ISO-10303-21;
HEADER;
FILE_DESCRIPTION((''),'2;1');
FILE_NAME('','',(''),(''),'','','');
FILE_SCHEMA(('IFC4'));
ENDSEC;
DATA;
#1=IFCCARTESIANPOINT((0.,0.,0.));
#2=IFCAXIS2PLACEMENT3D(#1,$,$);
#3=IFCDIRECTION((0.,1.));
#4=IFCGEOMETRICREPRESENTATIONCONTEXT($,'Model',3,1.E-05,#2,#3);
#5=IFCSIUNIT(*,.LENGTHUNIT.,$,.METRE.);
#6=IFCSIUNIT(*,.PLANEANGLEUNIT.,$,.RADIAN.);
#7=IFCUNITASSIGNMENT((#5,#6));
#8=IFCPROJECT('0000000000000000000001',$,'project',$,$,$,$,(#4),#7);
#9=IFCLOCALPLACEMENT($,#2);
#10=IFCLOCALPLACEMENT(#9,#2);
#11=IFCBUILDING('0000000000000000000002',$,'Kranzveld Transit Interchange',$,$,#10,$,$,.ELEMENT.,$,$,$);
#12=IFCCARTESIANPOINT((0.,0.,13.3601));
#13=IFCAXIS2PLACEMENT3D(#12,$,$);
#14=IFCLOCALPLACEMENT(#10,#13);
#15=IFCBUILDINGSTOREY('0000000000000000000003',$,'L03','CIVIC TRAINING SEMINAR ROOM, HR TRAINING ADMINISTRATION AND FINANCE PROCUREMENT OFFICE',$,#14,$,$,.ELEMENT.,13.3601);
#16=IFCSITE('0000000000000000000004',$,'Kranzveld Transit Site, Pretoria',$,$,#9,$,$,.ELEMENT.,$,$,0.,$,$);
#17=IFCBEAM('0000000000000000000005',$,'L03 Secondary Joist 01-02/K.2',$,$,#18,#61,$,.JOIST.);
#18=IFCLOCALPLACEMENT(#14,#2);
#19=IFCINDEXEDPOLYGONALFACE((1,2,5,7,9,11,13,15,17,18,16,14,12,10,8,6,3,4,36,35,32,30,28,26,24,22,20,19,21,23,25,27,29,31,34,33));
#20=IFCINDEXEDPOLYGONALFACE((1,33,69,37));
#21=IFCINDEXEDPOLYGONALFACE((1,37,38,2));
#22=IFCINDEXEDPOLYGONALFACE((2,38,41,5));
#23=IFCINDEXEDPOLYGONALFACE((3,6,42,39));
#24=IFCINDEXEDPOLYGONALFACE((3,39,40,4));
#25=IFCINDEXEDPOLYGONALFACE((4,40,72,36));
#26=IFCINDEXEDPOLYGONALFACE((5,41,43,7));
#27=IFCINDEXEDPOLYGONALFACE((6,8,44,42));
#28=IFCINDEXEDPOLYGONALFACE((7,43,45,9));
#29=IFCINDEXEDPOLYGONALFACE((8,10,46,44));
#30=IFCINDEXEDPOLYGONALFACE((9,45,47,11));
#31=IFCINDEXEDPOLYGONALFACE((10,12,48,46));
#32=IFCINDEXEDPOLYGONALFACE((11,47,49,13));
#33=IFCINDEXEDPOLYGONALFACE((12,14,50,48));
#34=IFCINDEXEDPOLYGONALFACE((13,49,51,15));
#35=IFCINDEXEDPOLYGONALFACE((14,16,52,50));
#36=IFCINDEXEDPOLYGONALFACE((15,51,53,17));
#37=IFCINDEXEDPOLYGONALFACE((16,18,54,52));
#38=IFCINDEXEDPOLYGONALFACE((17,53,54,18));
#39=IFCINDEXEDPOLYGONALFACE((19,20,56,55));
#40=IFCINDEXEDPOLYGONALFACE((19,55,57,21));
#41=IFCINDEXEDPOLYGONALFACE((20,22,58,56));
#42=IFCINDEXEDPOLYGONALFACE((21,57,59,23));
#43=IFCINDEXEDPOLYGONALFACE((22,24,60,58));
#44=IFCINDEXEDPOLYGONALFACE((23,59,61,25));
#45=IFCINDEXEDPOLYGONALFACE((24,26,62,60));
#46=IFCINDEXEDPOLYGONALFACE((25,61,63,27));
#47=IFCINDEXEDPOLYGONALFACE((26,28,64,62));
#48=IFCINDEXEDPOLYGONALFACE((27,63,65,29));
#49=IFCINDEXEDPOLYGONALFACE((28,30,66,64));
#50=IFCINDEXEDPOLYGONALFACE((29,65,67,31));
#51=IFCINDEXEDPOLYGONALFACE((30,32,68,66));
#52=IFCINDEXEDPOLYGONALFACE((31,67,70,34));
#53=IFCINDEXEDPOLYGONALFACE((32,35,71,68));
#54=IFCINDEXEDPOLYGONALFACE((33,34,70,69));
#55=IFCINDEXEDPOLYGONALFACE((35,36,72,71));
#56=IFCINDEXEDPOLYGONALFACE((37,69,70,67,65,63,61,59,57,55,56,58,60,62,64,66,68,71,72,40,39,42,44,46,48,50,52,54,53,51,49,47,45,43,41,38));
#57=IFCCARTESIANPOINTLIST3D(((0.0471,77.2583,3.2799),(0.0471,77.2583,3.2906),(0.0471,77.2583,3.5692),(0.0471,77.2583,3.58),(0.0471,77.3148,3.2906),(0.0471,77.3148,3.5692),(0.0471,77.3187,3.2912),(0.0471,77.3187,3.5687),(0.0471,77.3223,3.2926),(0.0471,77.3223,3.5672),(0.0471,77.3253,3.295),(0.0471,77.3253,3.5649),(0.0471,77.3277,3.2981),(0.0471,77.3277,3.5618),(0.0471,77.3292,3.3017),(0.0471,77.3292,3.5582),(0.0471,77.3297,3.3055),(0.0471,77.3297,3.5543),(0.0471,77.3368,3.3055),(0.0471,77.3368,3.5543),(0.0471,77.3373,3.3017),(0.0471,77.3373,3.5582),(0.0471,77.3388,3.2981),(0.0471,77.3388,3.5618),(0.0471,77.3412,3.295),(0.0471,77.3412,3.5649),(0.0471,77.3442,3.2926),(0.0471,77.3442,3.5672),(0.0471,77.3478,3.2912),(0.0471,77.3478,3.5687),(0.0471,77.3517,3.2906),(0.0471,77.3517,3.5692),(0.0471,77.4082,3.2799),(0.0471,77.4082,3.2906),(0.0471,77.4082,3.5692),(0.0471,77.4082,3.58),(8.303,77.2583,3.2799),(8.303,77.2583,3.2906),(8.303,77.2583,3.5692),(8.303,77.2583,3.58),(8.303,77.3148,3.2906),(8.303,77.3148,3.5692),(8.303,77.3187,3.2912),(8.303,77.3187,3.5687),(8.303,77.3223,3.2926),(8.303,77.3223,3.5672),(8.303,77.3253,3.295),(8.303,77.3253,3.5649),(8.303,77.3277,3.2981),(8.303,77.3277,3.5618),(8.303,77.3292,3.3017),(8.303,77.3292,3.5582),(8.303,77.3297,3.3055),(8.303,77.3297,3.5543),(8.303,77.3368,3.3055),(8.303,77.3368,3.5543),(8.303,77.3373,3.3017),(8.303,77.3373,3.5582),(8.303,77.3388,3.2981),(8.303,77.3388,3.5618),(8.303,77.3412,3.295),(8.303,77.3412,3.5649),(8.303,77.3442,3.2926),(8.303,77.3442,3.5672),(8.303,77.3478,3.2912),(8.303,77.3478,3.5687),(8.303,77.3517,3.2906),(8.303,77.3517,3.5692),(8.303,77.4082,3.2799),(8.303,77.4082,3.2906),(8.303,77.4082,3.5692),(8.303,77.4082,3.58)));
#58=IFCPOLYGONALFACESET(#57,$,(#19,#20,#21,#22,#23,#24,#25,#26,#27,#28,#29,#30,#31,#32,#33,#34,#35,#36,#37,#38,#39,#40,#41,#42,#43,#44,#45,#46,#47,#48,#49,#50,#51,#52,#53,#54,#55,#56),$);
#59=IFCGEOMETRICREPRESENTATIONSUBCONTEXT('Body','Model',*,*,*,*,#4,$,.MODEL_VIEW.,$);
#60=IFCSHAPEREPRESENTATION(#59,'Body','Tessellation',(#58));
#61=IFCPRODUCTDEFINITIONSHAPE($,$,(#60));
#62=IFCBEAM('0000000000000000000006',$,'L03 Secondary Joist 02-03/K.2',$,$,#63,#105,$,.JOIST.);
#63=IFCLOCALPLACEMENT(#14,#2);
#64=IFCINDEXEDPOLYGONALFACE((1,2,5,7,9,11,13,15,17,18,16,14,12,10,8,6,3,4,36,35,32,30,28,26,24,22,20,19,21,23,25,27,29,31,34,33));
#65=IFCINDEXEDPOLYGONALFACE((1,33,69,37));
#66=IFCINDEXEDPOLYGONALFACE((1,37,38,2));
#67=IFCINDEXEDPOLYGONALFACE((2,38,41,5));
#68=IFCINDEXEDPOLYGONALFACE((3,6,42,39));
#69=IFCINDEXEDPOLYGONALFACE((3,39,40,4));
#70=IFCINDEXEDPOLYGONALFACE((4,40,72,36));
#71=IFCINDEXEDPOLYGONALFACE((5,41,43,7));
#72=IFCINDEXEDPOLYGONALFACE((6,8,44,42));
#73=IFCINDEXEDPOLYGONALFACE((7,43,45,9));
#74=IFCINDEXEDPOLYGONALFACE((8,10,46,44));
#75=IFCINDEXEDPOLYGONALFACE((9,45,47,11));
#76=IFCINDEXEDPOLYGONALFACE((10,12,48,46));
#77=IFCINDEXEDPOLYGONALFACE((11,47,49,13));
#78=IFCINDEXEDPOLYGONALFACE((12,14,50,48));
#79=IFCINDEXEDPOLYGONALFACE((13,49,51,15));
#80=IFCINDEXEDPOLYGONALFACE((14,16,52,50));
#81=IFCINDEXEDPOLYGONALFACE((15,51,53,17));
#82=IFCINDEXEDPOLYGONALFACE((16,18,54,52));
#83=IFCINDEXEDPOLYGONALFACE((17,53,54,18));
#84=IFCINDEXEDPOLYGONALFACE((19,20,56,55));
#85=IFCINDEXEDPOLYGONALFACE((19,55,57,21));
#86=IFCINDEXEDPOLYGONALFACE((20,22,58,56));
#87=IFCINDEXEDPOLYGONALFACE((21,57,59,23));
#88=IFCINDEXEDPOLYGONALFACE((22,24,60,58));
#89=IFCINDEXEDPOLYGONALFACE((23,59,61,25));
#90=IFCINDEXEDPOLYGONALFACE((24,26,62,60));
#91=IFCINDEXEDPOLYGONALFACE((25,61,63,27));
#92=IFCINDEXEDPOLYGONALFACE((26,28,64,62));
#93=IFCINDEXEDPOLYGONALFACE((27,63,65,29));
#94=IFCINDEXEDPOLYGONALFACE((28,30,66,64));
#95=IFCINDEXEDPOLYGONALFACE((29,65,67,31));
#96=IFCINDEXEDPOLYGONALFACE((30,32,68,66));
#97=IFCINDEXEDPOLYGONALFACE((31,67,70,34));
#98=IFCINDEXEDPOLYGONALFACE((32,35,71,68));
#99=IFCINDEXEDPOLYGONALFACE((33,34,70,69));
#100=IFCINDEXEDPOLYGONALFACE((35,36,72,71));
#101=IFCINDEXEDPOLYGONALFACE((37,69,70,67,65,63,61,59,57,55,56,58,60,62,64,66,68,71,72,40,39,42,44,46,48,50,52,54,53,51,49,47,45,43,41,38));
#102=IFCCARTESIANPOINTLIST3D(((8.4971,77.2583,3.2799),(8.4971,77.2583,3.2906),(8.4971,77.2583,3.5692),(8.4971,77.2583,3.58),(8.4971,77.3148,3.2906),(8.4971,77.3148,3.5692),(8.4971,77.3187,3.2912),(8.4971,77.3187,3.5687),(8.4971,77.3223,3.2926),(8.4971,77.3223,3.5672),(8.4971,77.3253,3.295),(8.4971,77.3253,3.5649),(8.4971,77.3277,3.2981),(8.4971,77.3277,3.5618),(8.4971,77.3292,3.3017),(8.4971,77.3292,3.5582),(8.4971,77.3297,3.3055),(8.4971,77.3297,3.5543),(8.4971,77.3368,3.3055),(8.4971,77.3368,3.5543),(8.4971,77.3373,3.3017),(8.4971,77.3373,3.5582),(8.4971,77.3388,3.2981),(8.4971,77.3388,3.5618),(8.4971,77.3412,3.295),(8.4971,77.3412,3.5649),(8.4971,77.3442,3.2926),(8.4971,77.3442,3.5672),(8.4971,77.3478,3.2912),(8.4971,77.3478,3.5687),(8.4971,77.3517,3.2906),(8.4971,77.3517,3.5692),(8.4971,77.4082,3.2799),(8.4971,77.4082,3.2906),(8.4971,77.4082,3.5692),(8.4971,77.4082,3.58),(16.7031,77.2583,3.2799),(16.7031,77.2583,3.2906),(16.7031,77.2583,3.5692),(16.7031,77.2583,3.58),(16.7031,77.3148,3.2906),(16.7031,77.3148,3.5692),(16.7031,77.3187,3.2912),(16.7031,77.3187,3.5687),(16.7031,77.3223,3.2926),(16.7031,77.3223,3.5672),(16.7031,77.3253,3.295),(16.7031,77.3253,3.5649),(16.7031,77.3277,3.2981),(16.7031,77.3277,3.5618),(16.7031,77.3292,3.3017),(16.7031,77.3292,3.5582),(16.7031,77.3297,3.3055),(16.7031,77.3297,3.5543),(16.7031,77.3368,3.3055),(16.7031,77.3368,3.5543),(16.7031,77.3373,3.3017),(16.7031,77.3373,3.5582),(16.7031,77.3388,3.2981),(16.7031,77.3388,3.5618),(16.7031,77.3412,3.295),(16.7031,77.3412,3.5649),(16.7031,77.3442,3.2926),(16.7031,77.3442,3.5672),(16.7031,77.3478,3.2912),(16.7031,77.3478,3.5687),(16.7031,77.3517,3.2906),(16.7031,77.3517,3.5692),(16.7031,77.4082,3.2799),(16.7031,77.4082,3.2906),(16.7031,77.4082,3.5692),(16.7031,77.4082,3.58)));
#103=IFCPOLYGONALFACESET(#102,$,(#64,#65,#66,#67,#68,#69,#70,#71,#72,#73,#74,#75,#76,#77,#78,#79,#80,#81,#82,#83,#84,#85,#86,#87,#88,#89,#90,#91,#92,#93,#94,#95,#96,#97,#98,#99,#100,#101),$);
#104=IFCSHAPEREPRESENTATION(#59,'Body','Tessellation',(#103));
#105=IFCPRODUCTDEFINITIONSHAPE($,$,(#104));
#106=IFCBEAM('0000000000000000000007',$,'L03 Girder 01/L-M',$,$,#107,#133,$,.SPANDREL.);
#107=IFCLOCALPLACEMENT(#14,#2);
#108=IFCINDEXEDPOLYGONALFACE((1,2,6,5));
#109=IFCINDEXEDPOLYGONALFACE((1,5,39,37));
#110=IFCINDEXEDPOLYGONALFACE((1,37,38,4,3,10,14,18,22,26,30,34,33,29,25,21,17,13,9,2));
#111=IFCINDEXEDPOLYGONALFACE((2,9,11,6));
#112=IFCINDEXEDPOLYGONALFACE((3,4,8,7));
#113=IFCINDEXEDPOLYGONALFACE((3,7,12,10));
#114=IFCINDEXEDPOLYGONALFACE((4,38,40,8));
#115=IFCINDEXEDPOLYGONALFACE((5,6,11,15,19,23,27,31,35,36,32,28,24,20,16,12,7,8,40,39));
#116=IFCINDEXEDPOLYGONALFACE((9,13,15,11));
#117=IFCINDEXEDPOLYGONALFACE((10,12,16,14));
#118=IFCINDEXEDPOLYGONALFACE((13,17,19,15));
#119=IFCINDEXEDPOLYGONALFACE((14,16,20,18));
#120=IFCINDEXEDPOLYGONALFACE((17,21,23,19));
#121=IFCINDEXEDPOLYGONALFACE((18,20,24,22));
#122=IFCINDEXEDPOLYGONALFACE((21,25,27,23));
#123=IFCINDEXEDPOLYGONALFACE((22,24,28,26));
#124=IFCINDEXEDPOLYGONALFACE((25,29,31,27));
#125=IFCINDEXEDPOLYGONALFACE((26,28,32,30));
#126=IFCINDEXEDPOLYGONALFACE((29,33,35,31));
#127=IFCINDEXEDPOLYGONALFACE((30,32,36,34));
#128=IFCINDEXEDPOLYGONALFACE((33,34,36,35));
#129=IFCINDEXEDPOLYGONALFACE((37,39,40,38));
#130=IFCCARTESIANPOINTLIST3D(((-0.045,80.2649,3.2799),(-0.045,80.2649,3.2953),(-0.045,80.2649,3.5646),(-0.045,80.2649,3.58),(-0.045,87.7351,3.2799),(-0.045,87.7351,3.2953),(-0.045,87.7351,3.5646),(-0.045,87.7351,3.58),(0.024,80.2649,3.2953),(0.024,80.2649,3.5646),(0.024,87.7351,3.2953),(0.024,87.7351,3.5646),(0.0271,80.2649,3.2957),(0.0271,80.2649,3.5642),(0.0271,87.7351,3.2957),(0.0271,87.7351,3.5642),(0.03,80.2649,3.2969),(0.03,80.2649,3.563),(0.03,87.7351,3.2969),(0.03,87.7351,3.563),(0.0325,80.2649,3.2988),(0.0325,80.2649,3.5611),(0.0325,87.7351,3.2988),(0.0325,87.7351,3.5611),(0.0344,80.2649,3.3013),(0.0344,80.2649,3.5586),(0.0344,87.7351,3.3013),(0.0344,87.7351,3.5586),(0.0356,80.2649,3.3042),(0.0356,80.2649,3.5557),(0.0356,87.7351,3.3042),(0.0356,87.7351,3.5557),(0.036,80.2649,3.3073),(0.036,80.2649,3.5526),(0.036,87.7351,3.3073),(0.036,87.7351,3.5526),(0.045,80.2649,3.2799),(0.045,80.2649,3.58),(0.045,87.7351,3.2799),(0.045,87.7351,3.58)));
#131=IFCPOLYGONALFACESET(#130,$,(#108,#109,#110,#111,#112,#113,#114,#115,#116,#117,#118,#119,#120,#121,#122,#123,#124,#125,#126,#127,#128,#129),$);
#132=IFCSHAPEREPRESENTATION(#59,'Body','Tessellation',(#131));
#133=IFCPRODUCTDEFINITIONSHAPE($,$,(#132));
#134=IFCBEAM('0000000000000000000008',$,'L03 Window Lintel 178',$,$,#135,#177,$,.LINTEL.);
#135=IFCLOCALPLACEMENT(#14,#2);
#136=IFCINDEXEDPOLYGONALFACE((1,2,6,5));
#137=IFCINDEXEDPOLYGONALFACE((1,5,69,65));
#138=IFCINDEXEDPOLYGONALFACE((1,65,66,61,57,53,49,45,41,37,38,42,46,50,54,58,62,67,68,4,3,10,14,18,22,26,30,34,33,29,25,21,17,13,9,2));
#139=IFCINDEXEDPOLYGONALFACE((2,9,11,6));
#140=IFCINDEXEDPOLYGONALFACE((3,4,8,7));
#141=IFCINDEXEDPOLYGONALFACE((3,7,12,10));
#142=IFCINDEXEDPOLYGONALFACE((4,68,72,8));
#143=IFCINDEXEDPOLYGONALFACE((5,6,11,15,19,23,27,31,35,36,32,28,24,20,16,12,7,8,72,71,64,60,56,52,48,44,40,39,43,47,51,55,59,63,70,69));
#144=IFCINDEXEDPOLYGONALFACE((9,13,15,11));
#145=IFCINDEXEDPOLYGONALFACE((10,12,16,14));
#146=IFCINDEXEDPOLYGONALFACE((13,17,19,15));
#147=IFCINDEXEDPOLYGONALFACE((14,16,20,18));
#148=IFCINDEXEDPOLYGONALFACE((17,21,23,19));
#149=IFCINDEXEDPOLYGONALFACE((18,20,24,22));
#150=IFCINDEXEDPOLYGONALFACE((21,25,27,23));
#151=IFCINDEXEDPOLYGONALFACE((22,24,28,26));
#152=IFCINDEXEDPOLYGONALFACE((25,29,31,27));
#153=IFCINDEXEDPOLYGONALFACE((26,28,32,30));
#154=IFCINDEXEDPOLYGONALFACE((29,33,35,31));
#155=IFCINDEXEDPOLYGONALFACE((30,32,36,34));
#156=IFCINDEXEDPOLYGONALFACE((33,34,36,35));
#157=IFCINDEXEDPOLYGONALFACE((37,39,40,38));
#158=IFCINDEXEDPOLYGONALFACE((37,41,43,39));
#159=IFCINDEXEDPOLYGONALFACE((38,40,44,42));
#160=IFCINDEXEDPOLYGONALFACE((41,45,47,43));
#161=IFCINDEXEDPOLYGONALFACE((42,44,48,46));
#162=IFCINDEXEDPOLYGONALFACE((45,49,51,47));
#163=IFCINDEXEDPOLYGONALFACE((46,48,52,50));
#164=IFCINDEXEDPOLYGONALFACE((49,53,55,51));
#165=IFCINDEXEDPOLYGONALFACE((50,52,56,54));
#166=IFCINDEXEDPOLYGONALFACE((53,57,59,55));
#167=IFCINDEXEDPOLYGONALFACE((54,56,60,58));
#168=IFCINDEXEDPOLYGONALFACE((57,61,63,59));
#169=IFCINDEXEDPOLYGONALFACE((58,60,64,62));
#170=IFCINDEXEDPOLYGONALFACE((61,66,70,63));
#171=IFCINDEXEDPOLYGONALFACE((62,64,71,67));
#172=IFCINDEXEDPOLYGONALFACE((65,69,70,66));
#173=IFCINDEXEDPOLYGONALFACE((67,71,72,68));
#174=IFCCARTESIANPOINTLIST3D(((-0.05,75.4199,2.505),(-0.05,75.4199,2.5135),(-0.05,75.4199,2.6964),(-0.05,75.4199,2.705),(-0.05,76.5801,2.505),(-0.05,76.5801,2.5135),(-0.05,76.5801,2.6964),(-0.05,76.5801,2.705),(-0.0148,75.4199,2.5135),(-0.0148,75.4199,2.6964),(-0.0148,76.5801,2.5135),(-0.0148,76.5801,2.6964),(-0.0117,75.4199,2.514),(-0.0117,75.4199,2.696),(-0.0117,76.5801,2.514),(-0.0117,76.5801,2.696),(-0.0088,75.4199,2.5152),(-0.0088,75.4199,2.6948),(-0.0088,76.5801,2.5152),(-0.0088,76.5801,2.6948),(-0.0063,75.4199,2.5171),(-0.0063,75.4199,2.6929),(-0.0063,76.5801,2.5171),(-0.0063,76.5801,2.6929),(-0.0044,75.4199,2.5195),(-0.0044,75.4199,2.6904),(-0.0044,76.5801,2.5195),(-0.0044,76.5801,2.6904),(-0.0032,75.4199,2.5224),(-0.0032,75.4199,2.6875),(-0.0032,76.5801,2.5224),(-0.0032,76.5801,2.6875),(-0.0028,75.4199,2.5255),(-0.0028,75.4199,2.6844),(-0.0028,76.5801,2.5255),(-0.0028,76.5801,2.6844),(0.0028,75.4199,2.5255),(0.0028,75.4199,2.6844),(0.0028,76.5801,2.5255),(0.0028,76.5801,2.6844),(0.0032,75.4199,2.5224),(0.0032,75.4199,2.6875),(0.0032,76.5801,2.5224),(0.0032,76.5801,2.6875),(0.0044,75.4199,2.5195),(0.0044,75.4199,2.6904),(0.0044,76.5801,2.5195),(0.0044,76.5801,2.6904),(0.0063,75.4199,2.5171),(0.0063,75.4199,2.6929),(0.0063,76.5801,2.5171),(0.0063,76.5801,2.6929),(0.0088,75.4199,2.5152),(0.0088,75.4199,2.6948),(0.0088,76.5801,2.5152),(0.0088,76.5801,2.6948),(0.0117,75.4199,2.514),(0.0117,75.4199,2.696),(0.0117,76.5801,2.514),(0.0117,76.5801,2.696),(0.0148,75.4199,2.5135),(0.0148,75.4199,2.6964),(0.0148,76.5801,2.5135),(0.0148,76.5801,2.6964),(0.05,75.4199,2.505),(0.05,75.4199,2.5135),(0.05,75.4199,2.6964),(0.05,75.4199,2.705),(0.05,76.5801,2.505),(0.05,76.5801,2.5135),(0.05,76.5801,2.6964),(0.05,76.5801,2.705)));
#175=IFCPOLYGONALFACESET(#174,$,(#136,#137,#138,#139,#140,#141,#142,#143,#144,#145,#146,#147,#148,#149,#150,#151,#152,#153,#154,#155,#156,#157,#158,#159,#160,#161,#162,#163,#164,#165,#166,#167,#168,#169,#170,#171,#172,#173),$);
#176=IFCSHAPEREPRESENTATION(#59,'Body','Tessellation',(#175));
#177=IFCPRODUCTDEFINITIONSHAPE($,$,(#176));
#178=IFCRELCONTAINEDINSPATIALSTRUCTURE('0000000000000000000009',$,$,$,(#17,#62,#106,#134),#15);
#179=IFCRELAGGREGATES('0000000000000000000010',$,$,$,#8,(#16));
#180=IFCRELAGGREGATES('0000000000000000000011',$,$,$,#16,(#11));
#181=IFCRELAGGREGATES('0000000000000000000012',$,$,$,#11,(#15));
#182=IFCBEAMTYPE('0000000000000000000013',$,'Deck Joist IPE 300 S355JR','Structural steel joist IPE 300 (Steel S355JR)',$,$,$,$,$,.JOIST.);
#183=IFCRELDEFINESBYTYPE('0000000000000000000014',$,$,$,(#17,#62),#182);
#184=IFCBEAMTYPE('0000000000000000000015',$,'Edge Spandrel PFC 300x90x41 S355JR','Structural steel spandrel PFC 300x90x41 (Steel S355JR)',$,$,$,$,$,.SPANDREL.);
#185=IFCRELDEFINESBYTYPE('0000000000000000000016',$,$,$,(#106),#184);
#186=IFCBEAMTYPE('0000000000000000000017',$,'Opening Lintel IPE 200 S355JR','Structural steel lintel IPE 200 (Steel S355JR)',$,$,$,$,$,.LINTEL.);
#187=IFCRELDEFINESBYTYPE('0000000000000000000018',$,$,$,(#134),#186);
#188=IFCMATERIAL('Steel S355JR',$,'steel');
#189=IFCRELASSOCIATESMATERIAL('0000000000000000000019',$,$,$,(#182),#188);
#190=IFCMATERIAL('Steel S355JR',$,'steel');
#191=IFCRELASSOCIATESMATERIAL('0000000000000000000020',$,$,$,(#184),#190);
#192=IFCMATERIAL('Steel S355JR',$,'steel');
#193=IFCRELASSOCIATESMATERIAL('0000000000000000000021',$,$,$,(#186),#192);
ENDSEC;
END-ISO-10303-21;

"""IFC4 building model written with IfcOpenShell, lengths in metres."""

from ifc_helpers import new_model, si_unit, direction, frame, origin, origin_2d, place, context, subcontext, project, spatial, i_section, u_section, extrude, material, material_profile, profile_set, type_object, element, save


model = new_model("IFC4")

# Units and contexts
model_context = context("Model", 3, precision=1e-05, world=origin(), true_north=direction((0.0, 1.0)))
body_context = subcontext(model_context, "Body", "Model", "MODEL_VIEW")
ifc_project = project(units=[si_unit("LENGTHUNIT", "METRE"), si_unit("PLANEANGLEUNIT", "RADIAN")], contexts=[model_context])

# Site, building, storey
site_placement = place(None, origin())
site = spatial("IfcSite", under=ifc_project, at=site_placement, Name="Kranzveld Transit Site, Pretoria", CompositionType="ELEMENT", RefElevation=0.0)
building_placement = place(site_placement, origin())
building = spatial("IfcBuilding", under=site, at=building_placement, Name="Kranzveld Transit Interchange", CompositionType="ELEMENT")
storey_placement = place(building_placement, frame((0.0, 0.0, 13.3601)))
storey = spatial("IfcBuildingStorey", under=building, at=storey_placement, Name="L03", Description="CIVIC TRAINING SEMINAR ROOM, HR TRAINING ADMINISTRATION AND FINANCE PROCUREMENT OFFICE", CompositionType="ELEMENT", Elevation=13.3601)

# Beams
ifc_material_1 = material(Name="Steel S355JR", Category="steel")
ifc_material_profile_1 = material_profile(ifc_material_1, i_section(OverallWidth=0.1499, OverallDepth=0.3, WebThickness=0.0071, FlangeThickness=0.0107, FilletRadius=0.0149, at=origin_2d()), Name="IPE 300")
ifc_profile_set_1 = profile_set([ifc_material_profile_1], Name="Steel S355JR")
beam_type_1 = type_object("IfcBeamType", Name="Deck Joist IPE 300 S355JR", Description="Structural steel joist IPE 300 (Steel S355JR)", PredefinedType="JOIST", material=ifc_profile_set_1)
beam_1_placement = place(storey_placement, frame((0.0471, 77.3333, 3.4299), z_axis=(1.0, 0.0, 0.0), x_axis=(0.0, 1.0, 0.0)))
element("IfcBeam", 1, at=beam_1_placement, inside=storey, type_object=beam_type_1, Name="L03 Secondary Joist 01-02/K.2", PredefinedType="JOIST", context=body_context, shape_type="SweptSolid", body=[
    extrude(i_section(OverallWidth=0.1499, OverallDepth=0.3, WebThickness=0.0071, FlangeThickness=0.0107, FilletRadius=0.0149, at=origin_2d()), origin(), (0.0, 0.0, 1.0), 8.2559),
])
beam_2_placement = place(storey_placement, frame((8.4971, 77.3333, 3.4299), z_axis=(1.0, 0.0, 0.0), x_axis=(0.0, 1.0, 0.0)))
element("IfcBeam", 2, at=beam_2_placement, inside=storey, type_object=beam_type_1, Name="L03 Secondary Joist 02-03/K.2", PredefinedType="JOIST", context=body_context, shape_type="SweptSolid", body=[
    extrude(i_section(OverallWidth=0.1499, OverallDepth=0.3, WebThickness=0.0071, FlangeThickness=0.0107, FilletRadius=0.0149, at=origin_2d()), origin(), (0.0, 0.0, 1.0), 8.2061),
])
ifc_material_2 = material(Name="Steel S355JR", Category="steel")
ifc_material_profile_2 = material_profile(ifc_material_2, u_section(Depth=0.3, FlangeWidth=0.0901, WebThickness=0.009, FlangeThickness=0.0154, FilletRadius=0.012, at=origin_2d()), Name="PFC 300x90x41")
ifc_profile_set_2 = profile_set([ifc_material_profile_2], Name="Steel S355JR")
beam_type_2 = type_object("IfcBeamType", Name="Edge Spandrel PFC 300x90x41 S355JR", Description="Structural steel spandrel PFC 300x90x41 (Steel S355JR)", PredefinedType="SPANDREL", material=ifc_profile_set_2)
beam_3_placement = place(storey_placement, frame((0.0, 80.2649, 3.4299), z_axis=(0.0, 1.0, 0.0), x_axis=(-1.0, 0.0, 0.0)))
element("IfcBeam", 3, at=beam_3_placement, inside=storey, type_object=beam_type_2, Name="L03 Girder 01/L-M", PredefinedType="SPANDREL", context=body_context, shape_type="SweptSolid", body=[
    extrude(u_section(Depth=0.3, FlangeWidth=0.0901, WebThickness=0.009, FlangeThickness=0.0154, FilletRadius=0.012, at=origin_2d()), origin(), (0.0, 0.0, 1.0), 7.4702),
])
ifc_material_3 = material(Name="Steel S355JR", Category="steel")
ifc_material_profile_3 = material_profile(ifc_material_3, i_section(OverallWidth=0.1001, OverallDepth=0.2, WebThickness=0.0056, FlangeThickness=0.0085, FilletRadius=0.012, at=origin_2d()), Name="IPE 200")
ifc_profile_set_3 = profile_set([ifc_material_profile_3], Name="Steel S355JR")
beam_type_3 = type_object("IfcBeamType", Name="Opening Lintel IPE 200 S355JR", Description="Structural steel lintel IPE 200 (Steel S355JR)", PredefinedType="LINTEL", material=ifc_profile_set_3)
beam_4_placement = place(storey_placement, frame((0.0, 75.4199, 2.605), z_axis=(0.0, 1.0, 0.0), x_axis=(-1.0, 0.0, 0.0)))
element("IfcBeam", 4, at=beam_4_placement, inside=storey, type_object=beam_type_3, Name="L03 Window Lintel 178", PredefinedType="LINTEL", context=body_context, shape_type="SweptSolid", body=[
    extrude(i_section(OverallWidth=0.1001, OverallDepth=0.2, WebThickness=0.0056, FlangeThickness=0.0085, FilletRadius=0.012, at=origin_2d()), origin(), (0.0, 0.0, 1.0), 1.1602),
])

save(model, "model.ifc")
